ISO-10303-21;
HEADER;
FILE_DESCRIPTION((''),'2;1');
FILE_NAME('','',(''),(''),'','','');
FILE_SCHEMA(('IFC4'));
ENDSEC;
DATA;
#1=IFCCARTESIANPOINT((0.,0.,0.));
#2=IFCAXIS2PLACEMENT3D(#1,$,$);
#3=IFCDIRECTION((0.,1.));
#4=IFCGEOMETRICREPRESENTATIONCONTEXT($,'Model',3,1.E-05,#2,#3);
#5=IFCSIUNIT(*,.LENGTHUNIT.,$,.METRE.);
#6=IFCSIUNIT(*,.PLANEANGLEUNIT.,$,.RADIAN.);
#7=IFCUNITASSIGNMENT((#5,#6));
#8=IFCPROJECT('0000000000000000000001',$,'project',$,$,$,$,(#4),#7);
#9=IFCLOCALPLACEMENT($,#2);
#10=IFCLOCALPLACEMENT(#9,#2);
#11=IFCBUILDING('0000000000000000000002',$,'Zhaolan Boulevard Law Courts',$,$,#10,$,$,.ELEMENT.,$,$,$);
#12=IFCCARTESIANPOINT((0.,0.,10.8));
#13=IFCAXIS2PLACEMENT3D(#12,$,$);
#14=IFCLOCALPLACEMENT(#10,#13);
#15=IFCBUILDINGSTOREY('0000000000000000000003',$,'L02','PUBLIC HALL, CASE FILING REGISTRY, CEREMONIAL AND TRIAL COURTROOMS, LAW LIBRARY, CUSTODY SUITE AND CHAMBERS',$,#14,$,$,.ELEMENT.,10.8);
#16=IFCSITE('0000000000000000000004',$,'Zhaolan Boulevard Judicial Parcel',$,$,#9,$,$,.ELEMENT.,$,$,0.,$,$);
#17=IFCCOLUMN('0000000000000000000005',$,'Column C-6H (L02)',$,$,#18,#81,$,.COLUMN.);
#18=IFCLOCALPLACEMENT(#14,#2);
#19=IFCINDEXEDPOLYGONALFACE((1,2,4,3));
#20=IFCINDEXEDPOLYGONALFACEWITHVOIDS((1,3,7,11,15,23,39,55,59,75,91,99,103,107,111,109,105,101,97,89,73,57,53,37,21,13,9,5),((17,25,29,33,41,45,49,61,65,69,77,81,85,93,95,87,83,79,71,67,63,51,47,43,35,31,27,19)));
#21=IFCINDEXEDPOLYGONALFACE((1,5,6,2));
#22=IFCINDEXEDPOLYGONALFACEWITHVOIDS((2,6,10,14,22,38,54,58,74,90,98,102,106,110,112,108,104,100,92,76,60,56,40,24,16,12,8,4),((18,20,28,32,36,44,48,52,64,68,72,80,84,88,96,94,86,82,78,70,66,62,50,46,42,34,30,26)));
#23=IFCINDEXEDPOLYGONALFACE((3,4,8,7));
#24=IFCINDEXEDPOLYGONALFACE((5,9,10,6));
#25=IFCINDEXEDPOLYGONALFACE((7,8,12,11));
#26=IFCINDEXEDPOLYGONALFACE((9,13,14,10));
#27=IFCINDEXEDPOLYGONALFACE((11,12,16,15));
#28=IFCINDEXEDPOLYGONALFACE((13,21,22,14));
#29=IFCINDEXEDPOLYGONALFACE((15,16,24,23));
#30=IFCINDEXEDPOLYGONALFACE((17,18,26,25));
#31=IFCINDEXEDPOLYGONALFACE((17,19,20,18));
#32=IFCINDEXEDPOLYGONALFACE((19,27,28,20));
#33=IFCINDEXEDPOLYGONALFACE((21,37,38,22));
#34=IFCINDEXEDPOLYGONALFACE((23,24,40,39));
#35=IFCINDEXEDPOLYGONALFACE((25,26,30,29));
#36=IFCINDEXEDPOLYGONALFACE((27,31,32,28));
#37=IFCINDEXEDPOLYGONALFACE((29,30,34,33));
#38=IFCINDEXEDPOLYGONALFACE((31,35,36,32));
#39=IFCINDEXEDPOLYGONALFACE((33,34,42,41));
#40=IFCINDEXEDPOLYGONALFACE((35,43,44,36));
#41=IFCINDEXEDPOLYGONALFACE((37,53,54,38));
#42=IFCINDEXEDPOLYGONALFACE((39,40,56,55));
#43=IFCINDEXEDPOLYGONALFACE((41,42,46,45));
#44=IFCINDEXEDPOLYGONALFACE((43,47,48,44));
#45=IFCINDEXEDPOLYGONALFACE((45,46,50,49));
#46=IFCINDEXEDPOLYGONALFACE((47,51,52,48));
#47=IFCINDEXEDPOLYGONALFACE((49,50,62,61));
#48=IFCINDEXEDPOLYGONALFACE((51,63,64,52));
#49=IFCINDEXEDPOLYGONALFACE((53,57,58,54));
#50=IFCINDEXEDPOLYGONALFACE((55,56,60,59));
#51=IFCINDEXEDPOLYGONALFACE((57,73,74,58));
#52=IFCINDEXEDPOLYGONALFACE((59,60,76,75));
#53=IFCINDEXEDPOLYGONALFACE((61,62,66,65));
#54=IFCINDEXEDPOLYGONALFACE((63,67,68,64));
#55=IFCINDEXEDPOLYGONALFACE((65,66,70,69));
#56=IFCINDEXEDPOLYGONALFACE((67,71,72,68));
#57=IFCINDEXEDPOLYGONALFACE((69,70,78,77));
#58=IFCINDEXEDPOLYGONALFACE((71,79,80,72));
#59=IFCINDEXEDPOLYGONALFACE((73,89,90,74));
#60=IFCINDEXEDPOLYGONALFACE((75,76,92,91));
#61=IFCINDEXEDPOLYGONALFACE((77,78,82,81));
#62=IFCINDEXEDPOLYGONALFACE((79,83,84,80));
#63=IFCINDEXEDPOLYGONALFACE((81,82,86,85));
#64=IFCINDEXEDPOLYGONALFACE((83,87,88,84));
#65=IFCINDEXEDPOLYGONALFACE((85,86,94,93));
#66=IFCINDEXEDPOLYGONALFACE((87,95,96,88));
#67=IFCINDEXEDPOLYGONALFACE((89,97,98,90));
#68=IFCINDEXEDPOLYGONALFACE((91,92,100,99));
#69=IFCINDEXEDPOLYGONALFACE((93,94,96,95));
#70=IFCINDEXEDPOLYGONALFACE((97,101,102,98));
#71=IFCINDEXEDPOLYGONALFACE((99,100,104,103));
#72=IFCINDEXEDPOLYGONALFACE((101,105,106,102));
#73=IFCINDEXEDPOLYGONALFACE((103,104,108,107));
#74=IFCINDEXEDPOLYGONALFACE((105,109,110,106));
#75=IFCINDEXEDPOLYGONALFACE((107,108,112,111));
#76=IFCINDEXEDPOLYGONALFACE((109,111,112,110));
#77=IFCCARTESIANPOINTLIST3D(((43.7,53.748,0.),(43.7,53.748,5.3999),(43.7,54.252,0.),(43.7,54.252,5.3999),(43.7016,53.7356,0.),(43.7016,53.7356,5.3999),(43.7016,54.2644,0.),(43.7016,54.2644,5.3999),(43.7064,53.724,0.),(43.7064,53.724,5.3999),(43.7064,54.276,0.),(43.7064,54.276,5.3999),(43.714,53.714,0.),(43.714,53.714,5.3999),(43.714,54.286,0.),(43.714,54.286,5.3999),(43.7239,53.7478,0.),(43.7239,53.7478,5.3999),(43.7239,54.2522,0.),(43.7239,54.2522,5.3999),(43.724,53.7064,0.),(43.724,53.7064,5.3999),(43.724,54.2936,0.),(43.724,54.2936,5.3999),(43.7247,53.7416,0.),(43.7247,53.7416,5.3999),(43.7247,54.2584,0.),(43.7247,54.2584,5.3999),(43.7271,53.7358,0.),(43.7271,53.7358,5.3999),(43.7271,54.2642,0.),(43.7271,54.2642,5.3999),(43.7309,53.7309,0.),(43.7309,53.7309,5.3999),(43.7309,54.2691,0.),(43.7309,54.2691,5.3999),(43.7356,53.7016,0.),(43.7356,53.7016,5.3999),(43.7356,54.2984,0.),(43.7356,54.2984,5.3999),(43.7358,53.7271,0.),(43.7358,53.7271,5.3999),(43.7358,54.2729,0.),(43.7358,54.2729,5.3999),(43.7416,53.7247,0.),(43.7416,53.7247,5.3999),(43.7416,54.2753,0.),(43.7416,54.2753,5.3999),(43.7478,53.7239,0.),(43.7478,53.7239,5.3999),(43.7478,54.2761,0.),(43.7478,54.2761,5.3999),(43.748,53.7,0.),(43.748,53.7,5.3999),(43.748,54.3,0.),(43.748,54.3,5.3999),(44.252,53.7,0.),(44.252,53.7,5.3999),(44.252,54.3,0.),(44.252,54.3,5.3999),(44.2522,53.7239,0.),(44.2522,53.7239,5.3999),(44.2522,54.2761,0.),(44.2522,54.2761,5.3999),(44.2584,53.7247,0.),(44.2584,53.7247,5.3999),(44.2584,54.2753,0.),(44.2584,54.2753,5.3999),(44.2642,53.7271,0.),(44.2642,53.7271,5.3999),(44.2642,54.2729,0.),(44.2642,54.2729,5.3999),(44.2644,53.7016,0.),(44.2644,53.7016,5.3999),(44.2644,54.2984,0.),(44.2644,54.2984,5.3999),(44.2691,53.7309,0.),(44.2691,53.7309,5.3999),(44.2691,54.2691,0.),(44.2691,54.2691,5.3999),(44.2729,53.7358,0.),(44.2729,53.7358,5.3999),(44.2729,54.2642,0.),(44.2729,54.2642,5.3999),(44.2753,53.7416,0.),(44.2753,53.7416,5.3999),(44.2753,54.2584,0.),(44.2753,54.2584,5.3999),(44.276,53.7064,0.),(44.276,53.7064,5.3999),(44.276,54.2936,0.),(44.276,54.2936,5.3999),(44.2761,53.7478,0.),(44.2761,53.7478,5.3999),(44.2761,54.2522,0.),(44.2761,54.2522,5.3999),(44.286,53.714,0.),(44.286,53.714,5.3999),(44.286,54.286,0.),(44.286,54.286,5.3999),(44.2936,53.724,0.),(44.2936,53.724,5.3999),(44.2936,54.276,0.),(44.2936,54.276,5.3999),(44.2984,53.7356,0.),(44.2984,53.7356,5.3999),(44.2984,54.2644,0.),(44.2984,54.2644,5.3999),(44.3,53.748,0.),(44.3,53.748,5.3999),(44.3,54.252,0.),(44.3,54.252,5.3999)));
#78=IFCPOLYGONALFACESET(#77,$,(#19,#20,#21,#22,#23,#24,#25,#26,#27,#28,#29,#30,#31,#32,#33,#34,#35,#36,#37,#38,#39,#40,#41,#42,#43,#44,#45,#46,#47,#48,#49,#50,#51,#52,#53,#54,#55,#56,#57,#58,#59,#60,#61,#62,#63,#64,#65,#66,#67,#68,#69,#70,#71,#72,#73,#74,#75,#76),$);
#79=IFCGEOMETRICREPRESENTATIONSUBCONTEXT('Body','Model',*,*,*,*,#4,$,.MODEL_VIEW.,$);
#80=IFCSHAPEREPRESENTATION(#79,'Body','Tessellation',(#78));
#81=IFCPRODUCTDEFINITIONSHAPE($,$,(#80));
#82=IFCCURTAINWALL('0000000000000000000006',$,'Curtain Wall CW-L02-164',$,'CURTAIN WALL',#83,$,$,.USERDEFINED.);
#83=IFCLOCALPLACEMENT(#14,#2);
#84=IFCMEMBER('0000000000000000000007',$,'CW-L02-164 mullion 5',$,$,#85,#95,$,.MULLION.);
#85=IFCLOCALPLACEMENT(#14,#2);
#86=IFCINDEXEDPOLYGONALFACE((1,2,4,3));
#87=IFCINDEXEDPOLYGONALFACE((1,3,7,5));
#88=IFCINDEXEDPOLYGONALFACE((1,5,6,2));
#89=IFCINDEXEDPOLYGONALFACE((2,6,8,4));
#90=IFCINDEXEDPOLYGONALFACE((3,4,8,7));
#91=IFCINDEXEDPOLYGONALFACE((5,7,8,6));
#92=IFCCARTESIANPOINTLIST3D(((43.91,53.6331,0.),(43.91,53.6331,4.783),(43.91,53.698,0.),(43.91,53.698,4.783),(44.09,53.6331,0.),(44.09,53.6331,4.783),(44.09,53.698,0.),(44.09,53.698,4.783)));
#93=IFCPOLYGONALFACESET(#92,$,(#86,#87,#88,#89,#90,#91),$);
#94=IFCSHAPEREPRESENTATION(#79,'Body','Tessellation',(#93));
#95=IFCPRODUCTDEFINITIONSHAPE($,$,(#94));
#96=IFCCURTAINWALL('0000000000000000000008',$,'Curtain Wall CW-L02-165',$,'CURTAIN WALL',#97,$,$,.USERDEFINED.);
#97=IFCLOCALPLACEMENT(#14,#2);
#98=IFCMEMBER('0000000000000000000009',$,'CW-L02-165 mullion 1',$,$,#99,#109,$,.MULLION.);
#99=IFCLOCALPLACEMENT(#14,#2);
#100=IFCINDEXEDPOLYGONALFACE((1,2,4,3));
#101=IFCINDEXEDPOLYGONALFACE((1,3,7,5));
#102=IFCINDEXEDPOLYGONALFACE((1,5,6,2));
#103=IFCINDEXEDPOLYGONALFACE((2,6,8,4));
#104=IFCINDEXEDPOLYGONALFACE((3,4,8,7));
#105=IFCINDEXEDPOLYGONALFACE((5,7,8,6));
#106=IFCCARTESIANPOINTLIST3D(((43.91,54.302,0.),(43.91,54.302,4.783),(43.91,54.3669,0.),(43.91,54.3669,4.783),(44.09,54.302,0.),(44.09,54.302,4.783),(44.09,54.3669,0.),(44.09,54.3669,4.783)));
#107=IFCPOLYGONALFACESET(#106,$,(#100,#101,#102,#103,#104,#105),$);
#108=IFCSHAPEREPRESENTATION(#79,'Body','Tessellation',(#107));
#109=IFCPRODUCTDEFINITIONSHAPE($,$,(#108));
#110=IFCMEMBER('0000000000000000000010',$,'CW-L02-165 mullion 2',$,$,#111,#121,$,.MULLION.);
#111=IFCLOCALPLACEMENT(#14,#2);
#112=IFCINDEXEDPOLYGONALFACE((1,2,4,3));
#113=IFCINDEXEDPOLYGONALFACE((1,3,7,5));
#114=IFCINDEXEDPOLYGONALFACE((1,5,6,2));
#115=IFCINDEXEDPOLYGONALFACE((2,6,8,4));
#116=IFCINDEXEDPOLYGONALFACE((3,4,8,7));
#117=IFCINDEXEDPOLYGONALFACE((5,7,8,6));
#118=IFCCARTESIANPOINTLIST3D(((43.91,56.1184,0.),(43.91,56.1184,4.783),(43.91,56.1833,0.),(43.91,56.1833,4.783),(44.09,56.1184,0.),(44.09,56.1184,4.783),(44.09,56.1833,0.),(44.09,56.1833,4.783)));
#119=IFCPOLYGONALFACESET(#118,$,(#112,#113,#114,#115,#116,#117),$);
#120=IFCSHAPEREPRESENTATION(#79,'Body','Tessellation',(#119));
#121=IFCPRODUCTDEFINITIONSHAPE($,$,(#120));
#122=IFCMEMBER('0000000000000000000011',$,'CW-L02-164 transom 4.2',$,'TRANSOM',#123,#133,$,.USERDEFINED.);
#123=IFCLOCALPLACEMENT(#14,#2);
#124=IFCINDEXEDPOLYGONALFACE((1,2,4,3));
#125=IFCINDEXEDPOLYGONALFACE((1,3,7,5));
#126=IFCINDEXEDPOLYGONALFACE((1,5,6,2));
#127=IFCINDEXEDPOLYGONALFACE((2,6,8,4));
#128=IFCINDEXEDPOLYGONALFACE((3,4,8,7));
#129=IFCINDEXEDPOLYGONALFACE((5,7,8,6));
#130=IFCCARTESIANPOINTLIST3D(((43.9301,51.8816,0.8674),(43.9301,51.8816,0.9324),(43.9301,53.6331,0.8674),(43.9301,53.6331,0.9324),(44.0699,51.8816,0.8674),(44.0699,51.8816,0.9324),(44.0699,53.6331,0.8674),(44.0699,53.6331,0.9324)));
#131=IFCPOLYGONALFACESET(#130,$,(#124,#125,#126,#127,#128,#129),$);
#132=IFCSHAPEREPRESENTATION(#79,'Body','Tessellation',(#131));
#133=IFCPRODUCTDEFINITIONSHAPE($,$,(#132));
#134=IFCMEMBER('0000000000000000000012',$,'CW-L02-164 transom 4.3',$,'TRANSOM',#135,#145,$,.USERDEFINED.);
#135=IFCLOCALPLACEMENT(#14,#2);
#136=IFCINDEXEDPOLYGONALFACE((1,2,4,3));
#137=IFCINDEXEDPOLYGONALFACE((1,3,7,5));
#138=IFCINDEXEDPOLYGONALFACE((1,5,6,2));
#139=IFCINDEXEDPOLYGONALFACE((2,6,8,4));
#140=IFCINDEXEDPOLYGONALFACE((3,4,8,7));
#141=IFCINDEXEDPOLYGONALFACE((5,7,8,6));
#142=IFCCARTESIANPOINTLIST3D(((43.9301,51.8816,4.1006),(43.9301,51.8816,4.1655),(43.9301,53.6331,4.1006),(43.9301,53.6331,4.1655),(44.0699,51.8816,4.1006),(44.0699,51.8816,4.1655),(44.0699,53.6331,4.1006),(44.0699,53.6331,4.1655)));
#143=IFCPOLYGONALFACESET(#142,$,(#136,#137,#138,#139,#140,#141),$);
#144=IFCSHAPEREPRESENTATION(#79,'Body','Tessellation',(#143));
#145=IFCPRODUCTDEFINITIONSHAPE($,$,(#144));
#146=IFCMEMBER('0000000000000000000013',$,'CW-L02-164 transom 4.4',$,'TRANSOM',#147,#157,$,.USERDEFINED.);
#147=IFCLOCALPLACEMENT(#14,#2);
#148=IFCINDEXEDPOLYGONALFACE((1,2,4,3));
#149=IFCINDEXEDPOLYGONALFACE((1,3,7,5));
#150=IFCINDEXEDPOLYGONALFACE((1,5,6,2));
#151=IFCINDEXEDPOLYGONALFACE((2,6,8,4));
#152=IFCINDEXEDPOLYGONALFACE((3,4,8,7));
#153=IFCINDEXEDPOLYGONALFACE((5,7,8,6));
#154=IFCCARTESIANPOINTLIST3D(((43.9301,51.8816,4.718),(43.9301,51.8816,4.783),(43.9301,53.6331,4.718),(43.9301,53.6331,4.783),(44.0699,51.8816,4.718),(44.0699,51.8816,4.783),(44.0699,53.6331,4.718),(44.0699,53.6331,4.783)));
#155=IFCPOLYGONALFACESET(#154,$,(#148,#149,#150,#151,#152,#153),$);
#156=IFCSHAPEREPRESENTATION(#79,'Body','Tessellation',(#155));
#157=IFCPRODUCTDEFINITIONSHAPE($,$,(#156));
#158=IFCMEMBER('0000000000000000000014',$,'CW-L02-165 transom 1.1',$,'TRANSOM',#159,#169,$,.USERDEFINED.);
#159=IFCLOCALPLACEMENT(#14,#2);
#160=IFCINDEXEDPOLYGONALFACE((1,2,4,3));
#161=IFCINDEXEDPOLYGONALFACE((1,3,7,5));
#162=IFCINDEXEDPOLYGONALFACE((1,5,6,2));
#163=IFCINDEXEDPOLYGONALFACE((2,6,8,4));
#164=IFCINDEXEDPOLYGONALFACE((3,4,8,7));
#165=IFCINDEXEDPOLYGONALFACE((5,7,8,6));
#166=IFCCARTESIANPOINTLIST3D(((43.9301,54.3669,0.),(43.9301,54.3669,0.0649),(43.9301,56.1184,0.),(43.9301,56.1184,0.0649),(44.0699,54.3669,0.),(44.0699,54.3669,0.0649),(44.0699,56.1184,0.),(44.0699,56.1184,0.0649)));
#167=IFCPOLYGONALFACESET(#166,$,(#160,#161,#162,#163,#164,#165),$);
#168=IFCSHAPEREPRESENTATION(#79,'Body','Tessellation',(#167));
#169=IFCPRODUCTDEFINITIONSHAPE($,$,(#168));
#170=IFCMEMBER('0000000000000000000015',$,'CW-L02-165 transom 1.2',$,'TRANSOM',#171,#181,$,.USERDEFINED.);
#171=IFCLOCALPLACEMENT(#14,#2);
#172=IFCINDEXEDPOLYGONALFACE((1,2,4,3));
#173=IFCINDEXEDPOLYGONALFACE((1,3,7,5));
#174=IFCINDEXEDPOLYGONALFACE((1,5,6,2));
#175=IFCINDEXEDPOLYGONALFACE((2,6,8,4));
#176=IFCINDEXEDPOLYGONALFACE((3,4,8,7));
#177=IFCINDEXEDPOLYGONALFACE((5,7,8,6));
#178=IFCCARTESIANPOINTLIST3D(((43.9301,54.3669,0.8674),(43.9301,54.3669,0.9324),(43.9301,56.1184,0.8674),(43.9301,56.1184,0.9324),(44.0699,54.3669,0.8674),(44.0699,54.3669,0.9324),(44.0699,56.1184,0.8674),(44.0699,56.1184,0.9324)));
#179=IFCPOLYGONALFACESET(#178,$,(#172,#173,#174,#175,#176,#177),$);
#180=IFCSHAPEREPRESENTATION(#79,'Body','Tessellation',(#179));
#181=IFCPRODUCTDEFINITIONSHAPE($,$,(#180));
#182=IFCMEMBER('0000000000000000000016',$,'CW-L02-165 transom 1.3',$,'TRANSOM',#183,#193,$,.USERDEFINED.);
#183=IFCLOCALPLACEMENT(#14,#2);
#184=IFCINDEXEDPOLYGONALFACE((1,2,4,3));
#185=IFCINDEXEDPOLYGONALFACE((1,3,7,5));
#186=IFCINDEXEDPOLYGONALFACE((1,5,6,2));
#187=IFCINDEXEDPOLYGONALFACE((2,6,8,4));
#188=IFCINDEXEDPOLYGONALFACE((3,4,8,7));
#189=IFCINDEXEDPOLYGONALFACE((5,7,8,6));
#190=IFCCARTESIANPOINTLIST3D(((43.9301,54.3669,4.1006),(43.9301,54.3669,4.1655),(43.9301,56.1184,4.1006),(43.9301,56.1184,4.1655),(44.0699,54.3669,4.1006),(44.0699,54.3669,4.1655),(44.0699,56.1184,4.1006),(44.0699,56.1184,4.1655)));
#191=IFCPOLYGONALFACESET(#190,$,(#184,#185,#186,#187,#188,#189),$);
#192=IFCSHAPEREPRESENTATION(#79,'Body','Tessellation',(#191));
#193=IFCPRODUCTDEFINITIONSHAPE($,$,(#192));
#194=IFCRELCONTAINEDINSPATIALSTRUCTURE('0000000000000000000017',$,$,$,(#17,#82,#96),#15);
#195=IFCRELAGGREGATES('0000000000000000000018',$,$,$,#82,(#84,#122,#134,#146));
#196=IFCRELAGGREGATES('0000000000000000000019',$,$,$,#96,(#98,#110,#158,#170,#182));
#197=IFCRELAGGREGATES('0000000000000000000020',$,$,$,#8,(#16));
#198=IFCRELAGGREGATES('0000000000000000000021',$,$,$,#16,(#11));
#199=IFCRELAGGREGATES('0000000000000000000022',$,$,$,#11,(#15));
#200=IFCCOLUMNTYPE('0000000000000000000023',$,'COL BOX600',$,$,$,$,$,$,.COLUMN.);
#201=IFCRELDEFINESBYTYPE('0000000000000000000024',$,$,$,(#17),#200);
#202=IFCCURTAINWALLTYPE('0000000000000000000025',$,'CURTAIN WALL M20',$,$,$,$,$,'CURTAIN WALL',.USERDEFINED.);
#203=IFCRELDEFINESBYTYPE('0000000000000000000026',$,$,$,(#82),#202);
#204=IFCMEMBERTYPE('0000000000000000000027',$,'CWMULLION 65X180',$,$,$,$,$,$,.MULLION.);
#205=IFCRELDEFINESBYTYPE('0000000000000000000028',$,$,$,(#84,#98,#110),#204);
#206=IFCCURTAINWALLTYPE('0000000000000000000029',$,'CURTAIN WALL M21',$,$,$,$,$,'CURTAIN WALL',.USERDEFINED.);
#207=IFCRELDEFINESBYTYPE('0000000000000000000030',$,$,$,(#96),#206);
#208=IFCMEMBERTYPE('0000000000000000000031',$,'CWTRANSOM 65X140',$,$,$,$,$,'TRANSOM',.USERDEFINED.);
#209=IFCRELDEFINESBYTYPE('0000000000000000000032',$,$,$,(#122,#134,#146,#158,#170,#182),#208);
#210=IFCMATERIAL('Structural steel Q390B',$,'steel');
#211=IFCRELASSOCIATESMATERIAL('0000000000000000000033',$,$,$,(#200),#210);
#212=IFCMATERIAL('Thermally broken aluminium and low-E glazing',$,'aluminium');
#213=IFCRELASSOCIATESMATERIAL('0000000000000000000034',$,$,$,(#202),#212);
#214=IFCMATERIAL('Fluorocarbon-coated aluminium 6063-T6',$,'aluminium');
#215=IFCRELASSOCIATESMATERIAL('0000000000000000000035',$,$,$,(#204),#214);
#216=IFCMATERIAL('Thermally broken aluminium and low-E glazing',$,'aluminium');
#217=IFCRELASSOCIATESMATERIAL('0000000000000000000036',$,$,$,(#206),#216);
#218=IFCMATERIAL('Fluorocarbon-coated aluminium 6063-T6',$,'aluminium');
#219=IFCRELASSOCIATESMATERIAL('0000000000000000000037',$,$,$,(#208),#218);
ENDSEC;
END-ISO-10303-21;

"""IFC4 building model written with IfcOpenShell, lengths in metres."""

from ifc_helpers import new_model, si_unit, direction, frame, origin, origin_2d, place, context, subcontext, project, spatial, rectangle, hollow_rectangle, extrude, material, material_profile, profile_set, type_object, element, aggregate, save


model = new_model("IFC4")

# Units and contexts
model_context = context("Model", 3, precision=1e-05, world=origin(), true_north=direction((0.0, 1.0)))
body_context = subcontext(model_context, "Body", "Model", "MODEL_VIEW")
ifc_project = project(units=[si_unit("LENGTHUNIT", "METRE"), si_unit("PLANEANGLEUNIT", "RADIAN")], contexts=[model_context])

# Site, building, storey
site_placement = place(None, origin())
site = spatial("IfcSite", under=ifc_project, at=site_placement, Name="Zhaolan Boulevard Judicial Parcel", CompositionType="ELEMENT", RefElevation=0.0)
building_placement = place(site_placement, origin())
building = spatial("IfcBuilding", under=site, at=building_placement, Name="Zhaolan Boulevard Law Courts", CompositionType="ELEMENT")
storey_placement = place(building_placement, frame((0.0, 0.0, 10.8)))
storey = spatial("IfcBuildingStorey", under=building, at=storey_placement, Name="L02", Description="PUBLIC HALL, CASE FILING REGISTRY, CEREMONIAL AND TRIAL COURTROOMS, LAW LIBRARY, CUSTODY SUITE AND CHAMBERS", CompositionType="ELEMENT", Elevation=10.8)

# Column
ifc_material_1 = material(Name="Structural steel Q390B", Category="steel")
ifc_material_profile_1 = material_profile(ifc_material_1, hollow_rectangle(XDim=0.6001, YDim=0.6001, WallThickness=0.0239, InnerFilletRadius=0.0239, OuterFilletRadius=0.0481, at=origin_2d()), Name="BOX600x600x24")
ifc_profile_set_1 = profile_set([ifc_material_profile_1], Name="Structural steel Q390B")
column_type = type_object("IfcColumnType", Name="COL BOX600", PredefinedType="COLUMN", material=ifc_profile_set_1)
column_placement = place(storey_placement, frame((44.0, 54.0, 0.0), z_axis=(0.0, 0.0, 1.0), x_axis=(1.0, 0.0, 0.0)))
element("IfcColumn", 1, at=column_placement, inside=storey, type_object=column_type, Name="Column C-6H (L02)", PredefinedType="COLUMN", context=body_context, shape_type="SweptSolid", body=[
    extrude(hollow_rectangle(XDim=0.6001, YDim=0.6001, WallThickness=0.0239, InnerFilletRadius=0.0239, OuterFilletRadius=0.0481, at=origin_2d()), origin(), (0.0, 0.0, 1.0), 5.3999),
])

# Curtain wall, member
ifc_material_2 = material(Name="Thermally broken aluminium and low-E glazing", Category="aluminium")
curtain_wall_type_1 = type_object("IfcCurtainWallType", Name="CURTAIN WALL M20", ElementType="CURTAIN WALL", PredefinedType="USERDEFINED", material=ifc_material_2)
curtain_wall_1_placement = place(storey_placement, origin())
curtain_wall_1 = element("IfcCurtainWall", 2, at=curtain_wall_1_placement, inside=storey, type_object=curtain_wall_type_1, Name="Curtain Wall CW-L02-164", ObjectType="CURTAIN WALL", PredefinedType="USERDEFINED")
ifc_material_3 = material(Name="Fluorocarbon-coated aluminium 6063-T6", Category="aluminium")
ifc_material_profile_2 = material_profile(ifc_material_3, rectangle(XDim=0.1799, YDim=0.0649, at=origin_2d()), Name="AL65x180")
ifc_profile_set_2 = profile_set([ifc_material_profile_2], Name="Fluorocarbon-coated aluminium 6063-T6")
member_type_1 = type_object("IfcMemberType", Name="CWMULLION 65X180", PredefinedType="MULLION", material=ifc_profile_set_2)
member_1_placement = place(storey_placement, frame((44.0, 53.6655, 0.0), z_axis=(0.0, 0.0, 1.0), x_axis=(-1.0, 0.0, 0.0)))
member_1 = element("IfcMember", 3, at=member_1_placement, type_object=member_type_1, Name="CW-L02-164 mullion 5", PredefinedType="MULLION", context=body_context, shape_type="SweptSolid", body=[
    extrude(rectangle(XDim=0.1799, YDim=0.0649, at=origin_2d()), origin(), (0.0, 0.0, 1.0), 4.783),
])

# Curtain wall, members
ifc_material_4 = material(Name="Thermally broken aluminium and low-E glazing", Category="aluminium")
curtain_wall_type_2 = type_object("IfcCurtainWallType", Name="CURTAIN WALL M21", ElementType="CURTAIN WALL", PredefinedType="USERDEFINED", material=ifc_material_4)
curtain_wall_2_placement = place(storey_placement, origin())
curtain_wall_2 = element("IfcCurtainWall", 4, at=curtain_wall_2_placement, inside=storey, type_object=curtain_wall_type_2, Name="Curtain Wall CW-L02-165", ObjectType="CURTAIN WALL", PredefinedType="USERDEFINED")
member_2_placement = place(storey_placement, frame((44.0, 54.3345, 0.0), z_axis=(0.0, 0.0, 1.0), x_axis=(-1.0, 0.0, 0.0)))
member_2 = element("IfcMember", 5, at=member_2_placement, type_object=member_type_1, Name="CW-L02-165 mullion 1", PredefinedType="MULLION", context=body_context, shape_type="SweptSolid", body=[
    extrude(rectangle(XDim=0.1799, YDim=0.0649, at=origin_2d()), origin(), (0.0, 0.0, 1.0), 4.783),
])
member_3_placement = place(storey_placement, frame((44.0, 56.1509, 0.0), z_axis=(0.0, 0.0, 1.0), x_axis=(-1.0, 0.0, 0.0)))
member_3 = element("IfcMember", 6, at=member_3_placement, type_object=member_type_1, Name="CW-L02-165 mullion 2", PredefinedType="MULLION", context=body_context, shape_type="SweptSolid", body=[
    extrude(rectangle(XDim=0.1799, YDim=0.0649, at=origin_2d()), origin(), (0.0, 0.0, 1.0), 4.783),
])

# Members
ifc_material_5 = material(Name="Fluorocarbon-coated aluminium 6063-T6", Category="aluminium")
ifc_material_profile_3 = material_profile(ifc_material_5, rectangle(XDim=0.1399, YDim=0.0649, at=origin_2d()), Name="AL65x140")
ifc_profile_set_3 = profile_set([ifc_material_profile_3], Name="Fluorocarbon-coated aluminium 6063-T6")
member_type_2 = type_object("IfcMemberType", Name="CWTRANSOM 65X140", ElementType="TRANSOM", PredefinedType="USERDEFINED", material=ifc_profile_set_3)
member_4_placement = place(storey_placement, frame((44.0, 51.8816, 0.8999), z_axis=(0.0, 1.0, 0.0), x_axis=(-1.0, 0.0, 0.0)))
member_4 = element("IfcMember", 7, at=member_4_placement, type_object=member_type_2, Name="CW-L02-164 transom 4.2", ObjectType="TRANSOM", PredefinedType="USERDEFINED", context=body_context, shape_type="SweptSolid", body=[
    extrude(rectangle(XDim=0.1399, YDim=0.0649, at=origin_2d()), origin(), (0.0, 0.0, 1.0), 1.7515),
])
member_5_placement = place(storey_placement, frame((44.0, 51.8816, 4.1331), z_axis=(0.0, 1.0, 0.0), x_axis=(-1.0, 0.0, 0.0)))
member_5 = element("IfcMember", 8, at=member_5_placement, type_object=member_type_2, Name="CW-L02-164 transom 4.3", ObjectType="TRANSOM", PredefinedType="USERDEFINED", context=body_context, shape_type="SweptSolid", body=[
    extrude(rectangle(XDim=0.1399, YDim=0.0649, at=origin_2d()), origin(), (0.0, 0.0, 1.0), 1.7515),
])
member_6_placement = place(storey_placement, frame((44.0, 51.8816, 4.7505), z_axis=(0.0, 1.0, 0.0), x_axis=(-1.0, 0.0, 0.0)))
member_6 = element("IfcMember", 9, at=member_6_placement, type_object=member_type_2, Name="CW-L02-164 transom 4.4", ObjectType="TRANSOM", PredefinedType="USERDEFINED", context=body_context, shape_type="SweptSolid", body=[
    extrude(rectangle(XDim=0.1399, YDim=0.0649, at=origin_2d()), origin(), (0.0, 0.0, 1.0), 1.7515),
])
member_7_placement = place(storey_placement, frame((44.0, 54.3669, 0.0325), z_axis=(0.0, 1.0, 0.0), x_axis=(-1.0, 0.0, 0.0)))
member_7 = element("IfcMember", 10, at=member_7_placement, type_object=member_type_2, Name="CW-L02-165 transom 1.1", ObjectType="TRANSOM", PredefinedType="USERDEFINED", context=body_context, shape_type="SweptSolid", body=[
    extrude(rectangle(XDim=0.1399, YDim=0.0649, at=origin_2d()), origin(), (0.0, 0.0, 1.0), 1.7515),
])
member_8_placement = place(storey_placement, frame((44.0, 54.3669, 0.8999), z_axis=(0.0, 1.0, 0.0), x_axis=(-1.0, 0.0, 0.0)))
member_8 = element("IfcMember", 11, at=member_8_placement, type_object=member_type_2, Name="CW-L02-165 transom 1.2", ObjectType="TRANSOM", PredefinedType="USERDEFINED", context=body_context, shape_type="SweptSolid", body=[
    extrude(rectangle(XDim=0.1399, YDim=0.0649, at=origin_2d()), origin(), (0.0, 0.0, 1.0), 1.7515),
])
member_9_placement = place(storey_placement, frame((44.0, 54.3669, 4.1331), z_axis=(0.0, 1.0, 0.0), x_axis=(-1.0, 0.0, 0.0)))
member_9 = element("IfcMember", 12, at=member_9_placement, type_object=member_type_2, Name="CW-L02-165 transom 1.3", ObjectType="TRANSOM", PredefinedType="USERDEFINED", context=body_context, shape_type="SweptSolid", body=[
    extrude(rectangle(XDim=0.1399, YDim=0.0649, at=origin_2d()), origin(), (0.0, 0.0, 1.0), 1.7515),
])

aggregate(curtain_wall_1, [member_1, member_4, member_5, member_6])
aggregate(curtain_wall_2, [member_2, member_3, member_7, member_8, member_9])

save(model, "model.ifc")
